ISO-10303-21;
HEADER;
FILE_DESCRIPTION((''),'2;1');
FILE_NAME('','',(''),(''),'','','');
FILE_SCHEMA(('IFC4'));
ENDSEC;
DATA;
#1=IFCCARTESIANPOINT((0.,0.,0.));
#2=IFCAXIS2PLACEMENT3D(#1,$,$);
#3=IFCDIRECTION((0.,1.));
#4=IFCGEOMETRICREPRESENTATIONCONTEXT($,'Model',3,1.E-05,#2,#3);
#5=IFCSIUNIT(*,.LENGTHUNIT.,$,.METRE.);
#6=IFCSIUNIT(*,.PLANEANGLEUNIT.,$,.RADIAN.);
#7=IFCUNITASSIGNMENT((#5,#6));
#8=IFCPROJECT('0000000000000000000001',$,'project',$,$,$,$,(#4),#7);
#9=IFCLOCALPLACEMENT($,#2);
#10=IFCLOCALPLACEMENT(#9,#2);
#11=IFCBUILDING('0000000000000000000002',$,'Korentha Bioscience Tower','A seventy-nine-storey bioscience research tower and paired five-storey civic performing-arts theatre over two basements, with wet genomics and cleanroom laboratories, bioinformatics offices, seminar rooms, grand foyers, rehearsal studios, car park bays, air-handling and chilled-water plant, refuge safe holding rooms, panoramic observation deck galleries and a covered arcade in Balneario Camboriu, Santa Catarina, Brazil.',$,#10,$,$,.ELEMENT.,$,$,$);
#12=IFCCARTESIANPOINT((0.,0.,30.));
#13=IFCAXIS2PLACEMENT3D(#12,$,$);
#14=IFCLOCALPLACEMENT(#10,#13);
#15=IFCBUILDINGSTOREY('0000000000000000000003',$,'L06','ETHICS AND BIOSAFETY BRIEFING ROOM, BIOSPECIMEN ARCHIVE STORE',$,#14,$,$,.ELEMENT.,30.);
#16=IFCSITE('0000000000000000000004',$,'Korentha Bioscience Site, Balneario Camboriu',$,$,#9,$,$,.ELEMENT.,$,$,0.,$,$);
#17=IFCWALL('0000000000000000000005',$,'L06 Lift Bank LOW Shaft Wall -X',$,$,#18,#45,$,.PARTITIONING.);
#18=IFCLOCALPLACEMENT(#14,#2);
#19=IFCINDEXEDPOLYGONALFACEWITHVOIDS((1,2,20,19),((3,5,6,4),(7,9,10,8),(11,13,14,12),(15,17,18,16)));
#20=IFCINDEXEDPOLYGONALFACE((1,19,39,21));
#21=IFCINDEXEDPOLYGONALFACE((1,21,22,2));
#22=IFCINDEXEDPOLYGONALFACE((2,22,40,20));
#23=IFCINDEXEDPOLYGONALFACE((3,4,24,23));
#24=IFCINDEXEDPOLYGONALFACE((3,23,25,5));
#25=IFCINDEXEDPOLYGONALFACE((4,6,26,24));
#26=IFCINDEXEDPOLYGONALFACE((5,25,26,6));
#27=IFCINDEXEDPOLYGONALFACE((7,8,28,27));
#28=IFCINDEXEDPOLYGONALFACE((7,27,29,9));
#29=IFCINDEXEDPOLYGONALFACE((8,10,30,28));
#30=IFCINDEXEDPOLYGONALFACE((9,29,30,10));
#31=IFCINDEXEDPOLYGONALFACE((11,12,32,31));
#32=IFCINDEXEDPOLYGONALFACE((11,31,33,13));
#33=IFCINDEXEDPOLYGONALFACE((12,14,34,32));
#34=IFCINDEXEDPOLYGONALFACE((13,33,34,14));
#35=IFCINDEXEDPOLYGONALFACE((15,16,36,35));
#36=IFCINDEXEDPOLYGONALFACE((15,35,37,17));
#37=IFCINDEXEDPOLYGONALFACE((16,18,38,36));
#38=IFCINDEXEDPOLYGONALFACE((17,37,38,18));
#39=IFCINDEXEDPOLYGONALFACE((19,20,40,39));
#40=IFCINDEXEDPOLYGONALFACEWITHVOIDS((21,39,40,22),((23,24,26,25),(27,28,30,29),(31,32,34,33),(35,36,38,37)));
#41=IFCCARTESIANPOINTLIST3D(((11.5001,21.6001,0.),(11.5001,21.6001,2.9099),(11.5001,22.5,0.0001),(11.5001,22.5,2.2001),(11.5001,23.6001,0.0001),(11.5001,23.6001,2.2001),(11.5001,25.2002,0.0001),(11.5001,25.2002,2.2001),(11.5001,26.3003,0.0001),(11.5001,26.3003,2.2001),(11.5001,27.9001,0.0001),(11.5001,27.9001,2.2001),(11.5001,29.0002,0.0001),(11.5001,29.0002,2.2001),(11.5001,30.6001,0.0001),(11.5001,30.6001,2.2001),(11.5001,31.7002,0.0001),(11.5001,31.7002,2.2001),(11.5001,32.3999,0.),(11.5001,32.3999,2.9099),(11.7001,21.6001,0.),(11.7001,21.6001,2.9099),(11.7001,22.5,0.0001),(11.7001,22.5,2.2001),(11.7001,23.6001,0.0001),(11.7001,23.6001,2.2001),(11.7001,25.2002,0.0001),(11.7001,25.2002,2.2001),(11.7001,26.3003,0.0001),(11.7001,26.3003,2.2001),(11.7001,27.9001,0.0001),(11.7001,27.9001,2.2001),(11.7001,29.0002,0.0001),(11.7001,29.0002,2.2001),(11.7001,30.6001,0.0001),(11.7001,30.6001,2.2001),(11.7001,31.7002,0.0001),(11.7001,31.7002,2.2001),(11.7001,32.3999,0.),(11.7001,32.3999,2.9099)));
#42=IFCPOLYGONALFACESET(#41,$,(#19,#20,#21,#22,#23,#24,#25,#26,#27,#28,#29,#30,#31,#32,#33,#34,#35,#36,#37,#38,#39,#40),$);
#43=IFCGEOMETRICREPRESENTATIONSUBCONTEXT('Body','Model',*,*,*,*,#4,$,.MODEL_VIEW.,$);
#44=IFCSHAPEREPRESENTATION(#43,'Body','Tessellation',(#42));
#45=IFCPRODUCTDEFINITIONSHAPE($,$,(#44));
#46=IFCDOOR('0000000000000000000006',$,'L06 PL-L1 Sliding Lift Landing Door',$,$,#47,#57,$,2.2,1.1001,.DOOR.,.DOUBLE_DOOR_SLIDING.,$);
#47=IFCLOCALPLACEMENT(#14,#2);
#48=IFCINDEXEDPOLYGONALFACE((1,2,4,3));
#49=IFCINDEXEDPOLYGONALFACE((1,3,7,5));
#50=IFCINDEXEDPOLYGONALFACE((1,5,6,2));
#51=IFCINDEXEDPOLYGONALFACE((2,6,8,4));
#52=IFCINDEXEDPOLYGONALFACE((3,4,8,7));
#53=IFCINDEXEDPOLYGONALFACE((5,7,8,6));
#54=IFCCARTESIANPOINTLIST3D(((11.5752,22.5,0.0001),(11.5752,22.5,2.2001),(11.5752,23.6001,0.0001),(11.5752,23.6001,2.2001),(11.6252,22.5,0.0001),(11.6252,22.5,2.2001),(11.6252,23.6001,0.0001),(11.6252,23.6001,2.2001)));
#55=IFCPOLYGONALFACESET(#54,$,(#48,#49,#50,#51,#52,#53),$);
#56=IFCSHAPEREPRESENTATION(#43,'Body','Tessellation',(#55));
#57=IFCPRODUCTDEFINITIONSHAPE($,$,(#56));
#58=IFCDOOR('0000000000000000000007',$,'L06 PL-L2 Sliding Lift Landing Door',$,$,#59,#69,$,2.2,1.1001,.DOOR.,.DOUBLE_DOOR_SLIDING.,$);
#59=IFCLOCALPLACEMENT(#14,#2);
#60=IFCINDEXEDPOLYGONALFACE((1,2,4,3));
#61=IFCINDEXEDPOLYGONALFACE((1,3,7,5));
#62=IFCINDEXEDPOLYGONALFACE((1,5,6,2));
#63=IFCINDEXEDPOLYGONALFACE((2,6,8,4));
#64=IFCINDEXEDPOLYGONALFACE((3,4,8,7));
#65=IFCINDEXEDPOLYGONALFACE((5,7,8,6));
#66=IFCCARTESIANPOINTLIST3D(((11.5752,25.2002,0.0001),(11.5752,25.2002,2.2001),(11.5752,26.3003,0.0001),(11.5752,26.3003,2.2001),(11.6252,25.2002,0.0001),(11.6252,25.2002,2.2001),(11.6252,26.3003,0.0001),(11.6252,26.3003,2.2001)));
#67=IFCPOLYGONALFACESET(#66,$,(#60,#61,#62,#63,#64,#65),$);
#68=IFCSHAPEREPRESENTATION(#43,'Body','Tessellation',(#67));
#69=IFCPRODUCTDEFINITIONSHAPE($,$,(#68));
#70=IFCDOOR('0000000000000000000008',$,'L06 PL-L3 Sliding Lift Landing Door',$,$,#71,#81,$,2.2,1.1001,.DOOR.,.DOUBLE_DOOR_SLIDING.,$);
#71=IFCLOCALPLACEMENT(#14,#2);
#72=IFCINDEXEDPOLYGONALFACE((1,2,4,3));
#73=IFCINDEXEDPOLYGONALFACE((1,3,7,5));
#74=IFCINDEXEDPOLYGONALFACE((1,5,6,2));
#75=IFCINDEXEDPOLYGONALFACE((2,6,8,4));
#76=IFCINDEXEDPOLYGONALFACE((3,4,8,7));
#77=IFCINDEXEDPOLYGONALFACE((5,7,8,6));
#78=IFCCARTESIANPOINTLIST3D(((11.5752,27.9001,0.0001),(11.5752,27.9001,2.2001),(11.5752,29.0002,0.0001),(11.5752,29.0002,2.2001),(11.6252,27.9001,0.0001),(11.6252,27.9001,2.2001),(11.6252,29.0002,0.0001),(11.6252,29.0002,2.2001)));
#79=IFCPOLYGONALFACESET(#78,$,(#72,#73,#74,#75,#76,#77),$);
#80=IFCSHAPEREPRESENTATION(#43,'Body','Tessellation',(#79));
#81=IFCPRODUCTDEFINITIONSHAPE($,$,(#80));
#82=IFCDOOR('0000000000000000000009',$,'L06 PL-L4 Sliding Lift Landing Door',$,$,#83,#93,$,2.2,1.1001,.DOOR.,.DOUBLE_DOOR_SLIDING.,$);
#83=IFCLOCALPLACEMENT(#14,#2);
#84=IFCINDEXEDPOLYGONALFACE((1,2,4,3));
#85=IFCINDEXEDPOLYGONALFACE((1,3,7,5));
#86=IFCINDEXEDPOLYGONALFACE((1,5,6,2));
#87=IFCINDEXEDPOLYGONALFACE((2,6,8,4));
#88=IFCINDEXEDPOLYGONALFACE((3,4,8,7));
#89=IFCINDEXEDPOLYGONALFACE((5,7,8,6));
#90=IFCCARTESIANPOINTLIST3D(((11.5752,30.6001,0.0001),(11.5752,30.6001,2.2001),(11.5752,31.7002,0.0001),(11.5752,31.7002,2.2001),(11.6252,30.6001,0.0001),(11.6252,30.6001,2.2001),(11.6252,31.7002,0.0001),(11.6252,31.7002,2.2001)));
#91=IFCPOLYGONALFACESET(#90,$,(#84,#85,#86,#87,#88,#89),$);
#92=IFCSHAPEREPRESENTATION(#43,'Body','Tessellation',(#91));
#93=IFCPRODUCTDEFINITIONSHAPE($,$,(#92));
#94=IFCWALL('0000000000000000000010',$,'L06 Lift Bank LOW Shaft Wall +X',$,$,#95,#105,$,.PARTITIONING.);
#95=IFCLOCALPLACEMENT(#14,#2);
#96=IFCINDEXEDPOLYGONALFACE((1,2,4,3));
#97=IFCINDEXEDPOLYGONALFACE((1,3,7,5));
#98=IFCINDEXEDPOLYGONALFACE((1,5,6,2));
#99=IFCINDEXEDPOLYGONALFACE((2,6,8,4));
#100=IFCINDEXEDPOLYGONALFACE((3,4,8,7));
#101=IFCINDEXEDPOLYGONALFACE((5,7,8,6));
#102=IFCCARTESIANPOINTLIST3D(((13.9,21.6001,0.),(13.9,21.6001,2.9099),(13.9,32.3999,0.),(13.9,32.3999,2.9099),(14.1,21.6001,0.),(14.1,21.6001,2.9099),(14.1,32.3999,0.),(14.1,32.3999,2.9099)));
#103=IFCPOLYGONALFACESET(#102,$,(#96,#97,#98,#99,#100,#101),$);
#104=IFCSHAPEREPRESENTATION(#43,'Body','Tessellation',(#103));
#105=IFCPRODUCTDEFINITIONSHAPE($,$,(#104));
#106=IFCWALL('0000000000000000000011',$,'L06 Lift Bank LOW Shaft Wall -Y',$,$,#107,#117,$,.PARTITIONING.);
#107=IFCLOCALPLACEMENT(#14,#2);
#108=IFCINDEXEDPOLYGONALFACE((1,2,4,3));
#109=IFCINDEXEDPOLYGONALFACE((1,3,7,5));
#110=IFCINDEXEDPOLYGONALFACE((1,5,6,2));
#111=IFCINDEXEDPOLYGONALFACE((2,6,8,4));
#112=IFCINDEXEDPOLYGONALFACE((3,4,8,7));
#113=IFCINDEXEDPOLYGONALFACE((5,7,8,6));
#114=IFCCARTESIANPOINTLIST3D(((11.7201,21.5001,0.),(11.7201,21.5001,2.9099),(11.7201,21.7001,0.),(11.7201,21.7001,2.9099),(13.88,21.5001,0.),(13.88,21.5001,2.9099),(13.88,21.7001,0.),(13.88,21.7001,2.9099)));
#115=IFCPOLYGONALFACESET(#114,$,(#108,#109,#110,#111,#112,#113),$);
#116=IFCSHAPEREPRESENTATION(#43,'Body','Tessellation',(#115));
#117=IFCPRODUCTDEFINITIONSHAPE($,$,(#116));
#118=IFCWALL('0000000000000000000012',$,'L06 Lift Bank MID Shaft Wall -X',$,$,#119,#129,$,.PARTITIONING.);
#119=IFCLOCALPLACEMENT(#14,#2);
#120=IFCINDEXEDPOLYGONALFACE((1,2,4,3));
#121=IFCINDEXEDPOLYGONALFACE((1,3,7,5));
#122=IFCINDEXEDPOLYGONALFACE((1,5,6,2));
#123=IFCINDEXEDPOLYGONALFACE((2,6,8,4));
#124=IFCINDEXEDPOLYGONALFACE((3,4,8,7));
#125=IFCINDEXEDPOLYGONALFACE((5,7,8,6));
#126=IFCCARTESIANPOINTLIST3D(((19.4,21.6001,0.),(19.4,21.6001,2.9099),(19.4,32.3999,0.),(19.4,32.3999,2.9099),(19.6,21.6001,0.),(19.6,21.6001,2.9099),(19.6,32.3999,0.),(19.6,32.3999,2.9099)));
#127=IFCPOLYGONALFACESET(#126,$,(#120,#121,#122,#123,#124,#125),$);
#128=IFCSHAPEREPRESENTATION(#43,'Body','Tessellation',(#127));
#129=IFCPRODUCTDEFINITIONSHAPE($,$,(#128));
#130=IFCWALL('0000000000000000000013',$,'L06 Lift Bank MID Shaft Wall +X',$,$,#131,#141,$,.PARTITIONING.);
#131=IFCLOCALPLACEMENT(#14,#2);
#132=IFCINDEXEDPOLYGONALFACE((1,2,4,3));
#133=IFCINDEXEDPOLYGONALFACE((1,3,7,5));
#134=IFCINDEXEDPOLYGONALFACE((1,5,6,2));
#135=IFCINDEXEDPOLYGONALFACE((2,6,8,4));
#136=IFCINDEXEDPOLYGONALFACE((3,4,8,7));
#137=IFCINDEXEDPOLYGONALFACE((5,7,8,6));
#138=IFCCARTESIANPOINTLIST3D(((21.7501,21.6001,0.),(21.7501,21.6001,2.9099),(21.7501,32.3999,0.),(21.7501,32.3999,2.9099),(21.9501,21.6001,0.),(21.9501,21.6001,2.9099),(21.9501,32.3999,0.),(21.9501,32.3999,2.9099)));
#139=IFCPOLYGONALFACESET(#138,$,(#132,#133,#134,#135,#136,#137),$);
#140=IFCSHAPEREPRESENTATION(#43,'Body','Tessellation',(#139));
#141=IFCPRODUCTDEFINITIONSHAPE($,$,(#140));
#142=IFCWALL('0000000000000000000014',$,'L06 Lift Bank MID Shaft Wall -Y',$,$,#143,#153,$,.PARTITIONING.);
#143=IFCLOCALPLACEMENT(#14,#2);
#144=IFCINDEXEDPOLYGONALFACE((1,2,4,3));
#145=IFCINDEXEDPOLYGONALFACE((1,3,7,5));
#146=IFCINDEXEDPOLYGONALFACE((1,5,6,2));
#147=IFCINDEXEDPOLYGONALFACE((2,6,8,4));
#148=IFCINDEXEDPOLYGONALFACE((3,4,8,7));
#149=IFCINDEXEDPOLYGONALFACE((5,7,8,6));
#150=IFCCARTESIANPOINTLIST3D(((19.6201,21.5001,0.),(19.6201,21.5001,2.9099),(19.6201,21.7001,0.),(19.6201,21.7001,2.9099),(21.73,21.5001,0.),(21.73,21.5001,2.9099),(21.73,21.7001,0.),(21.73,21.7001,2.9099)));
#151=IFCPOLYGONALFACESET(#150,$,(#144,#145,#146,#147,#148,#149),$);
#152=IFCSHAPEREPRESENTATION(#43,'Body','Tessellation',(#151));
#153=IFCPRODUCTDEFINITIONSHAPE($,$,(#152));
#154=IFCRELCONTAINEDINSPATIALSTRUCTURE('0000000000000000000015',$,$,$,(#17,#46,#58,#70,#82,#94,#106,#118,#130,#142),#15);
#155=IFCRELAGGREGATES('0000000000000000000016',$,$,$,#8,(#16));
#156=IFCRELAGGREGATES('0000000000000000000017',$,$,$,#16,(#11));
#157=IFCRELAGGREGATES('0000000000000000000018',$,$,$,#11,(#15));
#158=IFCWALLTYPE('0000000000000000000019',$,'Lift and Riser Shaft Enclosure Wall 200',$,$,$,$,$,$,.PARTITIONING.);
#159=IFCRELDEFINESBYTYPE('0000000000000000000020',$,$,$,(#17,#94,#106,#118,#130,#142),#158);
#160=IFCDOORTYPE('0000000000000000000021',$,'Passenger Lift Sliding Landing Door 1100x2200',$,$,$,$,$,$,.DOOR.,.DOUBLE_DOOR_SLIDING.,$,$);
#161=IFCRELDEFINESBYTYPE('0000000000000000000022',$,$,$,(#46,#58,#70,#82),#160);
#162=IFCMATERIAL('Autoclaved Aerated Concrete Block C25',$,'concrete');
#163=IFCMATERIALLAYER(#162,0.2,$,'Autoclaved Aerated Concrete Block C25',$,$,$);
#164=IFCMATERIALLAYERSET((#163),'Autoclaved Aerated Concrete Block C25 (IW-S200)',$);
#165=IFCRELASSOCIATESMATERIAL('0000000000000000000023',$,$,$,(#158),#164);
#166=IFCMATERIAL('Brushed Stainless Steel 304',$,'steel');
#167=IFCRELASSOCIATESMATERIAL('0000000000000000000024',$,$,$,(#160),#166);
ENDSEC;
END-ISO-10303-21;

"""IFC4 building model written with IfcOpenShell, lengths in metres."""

from ifc_helpers import new_model, si_unit, direction, frame, frame_2d, origin, place, context, subcontext, project, spatial, rectangle, extrude, material, layer, layer_set, type_object, element, fill, save


model = new_model("IFC4")

# Units and contexts
model_context = context("Model", 3, precision=1e-05, world=origin(), true_north=direction((0.0, 1.0)))
body_context = subcontext(model_context, "Body", "Model", "MODEL_VIEW")
ifc_project = project(units=[si_unit("LENGTHUNIT", "METRE"), si_unit("PLANEANGLEUNIT", "RADIAN")], contexts=[model_context])

# Site, building, storey
site_placement = place(None, origin())
site = spatial("IfcSite", under=ifc_project, at=site_placement, Name="Korentha Bioscience Site, Balneario Camboriu", CompositionType="ELEMENT", RefElevation=0.0)
building_placement = place(site_placement, origin())
building = spatial("IfcBuilding", under=site, at=building_placement, Name="Korentha Bioscience Tower", Description="A seventy-nine-storey bioscience research tower and paired five-storey civic performing-arts theatre over two basements, with wet genomics and cleanroom laboratories, bioinformatics offices, seminar rooms, grand foyers, rehearsal studios, car park bays, air-handling and chilled-water plant, refuge safe holding rooms, panoramic observation deck galleries and a covered arcade in Balneario Camboriu, Santa Catarina, Brazil.", CompositionType="ELEMENT")
storey_placement = place(building_placement, frame((0.0, 0.0, 30.0)))
storey = spatial("IfcBuildingStorey", under=building, at=storey_placement, Name="L06", Description="ETHICS AND BIOSAFETY BRIEFING ROOM, BIOSPECIMEN ARCHIVE STORE", CompositionType="ELEMENT", Elevation=30.0)

# Wall, openings, doors
ifc_material_1 = material(Name="Autoclaved Aerated Concrete Block C25", Category="concrete")
ifc_layer_1 = layer(ifc_material_1, 0.2, Name="Autoclaved Aerated Concrete Block C25")
ifc_layer_set_1 = layer_set([ifc_layer_1], Name="Autoclaved Aerated Concrete Block C25 (IW-S200)")
wall_type_1 = type_object("IfcWallType", Name="Lift and Riser Shaft Enclosure Wall 200", PredefinedType="PARTITIONING", material=ifc_layer_set_1)
wall_1_placement = place(storey_placement, frame((11.6001, 21.6001, 0.0), z_axis=(0.0, 0.0, 1.0), x_axis=(0.0, 1.0, 0.0)))
wall_1 = element("IfcWall", 1, at=wall_1_placement, inside=storey, type_object=wall_type_1, Name="L06 Lift Bank LOW Shaft Wall -X", PredefinedType="PARTITIONING", context=body_context, shape_type="SweptSolid", body=[
    extrude(rectangle(XDim=10.7998, YDim=0.2, at=frame_2d((5.3999, 0.0))), origin(), (0.0, 0.0, 1.0), 2.9099),
])
opening_1_placement = place(wall_1_placement, frame((0.8999, 0.0, 0.0)))
opening_1 = element("IfcOpeningElement", 2, at=opening_1_placement, cuts=wall_1, PredefinedType="OPENING", context=body_context, shape_type="SweptSolid", body=[
    extrude(rectangle(XDim=1.1001, YDim=2.2, at=frame_2d((0.55, 1.1001))), frame((0.0, 0.1147, 0.0), z_axis=(0.0, -1.0, 0.0), x_axis=(1.0, 0.0, 0.0)), (0.0, 0.0, 1.0), 0.2297),
])
opening_2_placement = place(wall_1_placement, frame((3.6001, 0.0, 0.0)))
opening_2 = element("IfcOpeningElement", 3, at=opening_2_placement, cuts=wall_1, PredefinedType="OPENING", context=body_context, shape_type="SweptSolid", body=[
    extrude(rectangle(XDim=1.1001, YDim=2.2, at=frame_2d((0.55, 1.1001))), frame((0.0, 0.1147, 0.0), z_axis=(0.0, -1.0, 0.0), x_axis=(1.0, 0.0, 0.0)), (0.0, 0.0, 1.0), 0.2297),
])
opening_3_placement = place(wall_1_placement, frame((6.3, 0.0, 0.0)))
opening_3 = element("IfcOpeningElement", 4, at=opening_3_placement, cuts=wall_1, PredefinedType="OPENING", context=body_context, shape_type="SweptSolid", body=[
    extrude(rectangle(XDim=1.1001, YDim=2.2, at=frame_2d((0.55, 1.1001))), frame((0.0, 0.1147, 0.0), z_axis=(0.0, -1.0, 0.0), x_axis=(1.0, 0.0, 0.0)), (0.0, 0.0, 1.0), 0.2297),
])
opening_4_placement = place(wall_1_placement, frame((9.0, 0.0, 0.0)))
opening_4 = element("IfcOpeningElement", 5, at=opening_4_placement, cuts=wall_1, PredefinedType="OPENING", context=body_context, shape_type="SweptSolid", body=[
    extrude(rectangle(XDim=1.1001, YDim=2.2, at=frame_2d((0.55, 1.1001))), frame((0.0, 0.1147, 0.0), z_axis=(0.0, -1.0, 0.0), x_axis=(1.0, 0.0, 0.0)), (0.0, 0.0, 1.0), 0.2297),
])
ifc_material_2 = material(Name="Brushed Stainless Steel 304", Category="steel")
door_type_1 = type_object("IfcDoorType", Name="Passenger Lift Sliding Landing Door 1100x2200", OperationType="DOUBLE_DOOR_SLIDING", PredefinedType="DOOR", material=ifc_material_2)
door_1_placement = place(opening_1_placement, origin())
door_1 = element("IfcDoor", 6, at=door_1_placement, inside=storey, type_object=door_type_1, Name="L06 PL-L1 Sliding Lift Landing Door", OperationType="DOUBLE_DOOR_SLIDING", OverallHeight=2.2, OverallWidth=1.1001, PredefinedType="DOOR", context=body_context, shape_type="SweptSolid", body=[
    extrude(rectangle(XDim=1.1001, YDim=2.2, at=frame_2d((0.55, 1.1001))), frame((0.0, 0.0249, 0.0), z_axis=(0.0, -1.0, 0.0), x_axis=(1.0, 0.0, 0.0)), (0.0, 0.0, 1.0), 0.05),
])
fill(opening_1, door_1)
door_2_placement = place(opening_2_placement, origin())
door_2 = element("IfcDoor", 7, at=door_2_placement, inside=storey, type_object=door_type_1, Name="L06 PL-L2 Sliding Lift Landing Door", OperationType="DOUBLE_DOOR_SLIDING", OverallHeight=2.2, OverallWidth=1.1001, PredefinedType="DOOR", context=body_context, shape_type="SweptSolid", body=[
    extrude(rectangle(XDim=1.1001, YDim=2.2, at=frame_2d((0.55, 1.1001))), frame((0.0, 0.0249, 0.0), z_axis=(0.0, -1.0, 0.0), x_axis=(1.0, 0.0, 0.0)), (0.0, 0.0, 1.0), 0.05),
])
fill(opening_2, door_2)
door_3_placement = place(opening_3_placement, origin())
door_3 = element("IfcDoor", 8, at=door_3_placement, inside=storey, type_object=door_type_1, Name="L06 PL-L3 Sliding Lift Landing Door", OperationType="DOUBLE_DOOR_SLIDING", OverallHeight=2.2, OverallWidth=1.1001, PredefinedType="DOOR", context=body_context, shape_type="SweptSolid", body=[
    extrude(rectangle(XDim=1.1001, YDim=2.2, at=frame_2d((0.55, 1.1001))), frame((0.0, 0.0249, 0.0), z_axis=(0.0, -1.0, 0.0), x_axis=(1.0, 0.0, 0.0)), (0.0, 0.0, 1.0), 0.05),
])
fill(opening_3, door_3)
door_4_placement = place(opening_4_placement, origin())
door_4 = element("IfcDoor", 9, at=door_4_placement, inside=storey, type_object=door_type_1, Name="L06 PL-L4 Sliding Lift Landing Door", OperationType="DOUBLE_DOOR_SLIDING", OverallHeight=2.2, OverallWidth=1.1001, PredefinedType="DOOR", context=body_context, shape_type="SweptSolid", body=[
    extrude(rectangle(XDim=1.1001, YDim=2.2, at=frame_2d((0.55, 1.1001))), frame((0.0, 0.0249, 0.0), z_axis=(0.0, -1.0, 0.0), x_axis=(1.0, 0.0, 0.0)), (0.0, 0.0, 1.0), 0.05),
])
fill(opening_4, door_4)

# Walls
wall_2_placement = place(storey_placement, frame((14.0, 21.6001, 0.0), z_axis=(0.0, 0.0, 1.0), x_axis=(0.0, 1.0, 0.0)))
element("IfcWall", 10, at=wall_2_placement, inside=storey, type_object=wall_type_1, Name="L06 Lift Bank LOW Shaft Wall +X", PredefinedType="PARTITIONING", context=body_context, shape_type="SweptSolid", body=[
    extrude(rectangle(XDim=10.7998, YDim=0.2, at=frame_2d((5.3999, 0.0))), origin(), (0.0, 0.0, 1.0), 2.9099),
])
wall_3_placement = place(storey_placement, frame((11.72, 21.6001, 0.0), z_axis=(0.0, 0.0, 1.0), x_axis=(1.0, 0.0, 0.0)))
element("IfcWall", 11, at=wall_3_placement, inside=storey, type_object=wall_type_1, Name="L06 Lift Bank LOW Shaft Wall -Y", PredefinedType="PARTITIONING", context=body_context, shape_type="SweptSolid", body=[
    extrude(rectangle(XDim=2.1599, YDim=0.2, at=frame_2d((1.0801, 0.0))), origin(), (0.0, 0.0, 1.0), 2.9099),
])
for number, where, z_axis, x_axis, name in (
    (12, (19.5, 21.6001, 0.0), (0.0, 0.0, 1.0), (0.0, 1.0, 0.0), "L06 Lift Bank MID Shaft Wall -X"),
    (13, (21.8501, 21.6001, 0.0), (0.0, 0.0, 1.0), (0.0, 1.0, 0.0), "L06 Lift Bank MID Shaft Wall +X"),
):
    element("IfcWall", number, at=place(storey_placement, frame(where, z_axis=z_axis, x_axis=x_axis)), inside=storey, type_object=wall_type_1, Name=name, PredefinedType="PARTITIONING", context=body_context, shape_type="SweptSolid", body=[
        extrude(rectangle(XDim=10.7998, YDim=0.2, at=frame_2d((5.3999, 0.0))), origin(), (0.0, 0.0, 1.0), 2.9099),
    ])
wall_4_placement = place(storey_placement, frame((19.6201, 21.6001, 0.0), z_axis=(0.0, 0.0, 1.0), x_axis=(1.0, 0.0, 0.0)))
element("IfcWall", 14, at=wall_4_placement, inside=storey, type_object=wall_type_1, Name="L06 Lift Bank MID Shaft Wall -Y", PredefinedType="PARTITIONING", context=body_context, shape_type="SweptSolid", body=[
    extrude(rectangle(XDim=2.1099, YDim=0.2, at=frame_2d((1.0549, 0.0))), origin(), (0.0, 0.0, 1.0), 2.9099),
])

save(model, "model.ifc")
